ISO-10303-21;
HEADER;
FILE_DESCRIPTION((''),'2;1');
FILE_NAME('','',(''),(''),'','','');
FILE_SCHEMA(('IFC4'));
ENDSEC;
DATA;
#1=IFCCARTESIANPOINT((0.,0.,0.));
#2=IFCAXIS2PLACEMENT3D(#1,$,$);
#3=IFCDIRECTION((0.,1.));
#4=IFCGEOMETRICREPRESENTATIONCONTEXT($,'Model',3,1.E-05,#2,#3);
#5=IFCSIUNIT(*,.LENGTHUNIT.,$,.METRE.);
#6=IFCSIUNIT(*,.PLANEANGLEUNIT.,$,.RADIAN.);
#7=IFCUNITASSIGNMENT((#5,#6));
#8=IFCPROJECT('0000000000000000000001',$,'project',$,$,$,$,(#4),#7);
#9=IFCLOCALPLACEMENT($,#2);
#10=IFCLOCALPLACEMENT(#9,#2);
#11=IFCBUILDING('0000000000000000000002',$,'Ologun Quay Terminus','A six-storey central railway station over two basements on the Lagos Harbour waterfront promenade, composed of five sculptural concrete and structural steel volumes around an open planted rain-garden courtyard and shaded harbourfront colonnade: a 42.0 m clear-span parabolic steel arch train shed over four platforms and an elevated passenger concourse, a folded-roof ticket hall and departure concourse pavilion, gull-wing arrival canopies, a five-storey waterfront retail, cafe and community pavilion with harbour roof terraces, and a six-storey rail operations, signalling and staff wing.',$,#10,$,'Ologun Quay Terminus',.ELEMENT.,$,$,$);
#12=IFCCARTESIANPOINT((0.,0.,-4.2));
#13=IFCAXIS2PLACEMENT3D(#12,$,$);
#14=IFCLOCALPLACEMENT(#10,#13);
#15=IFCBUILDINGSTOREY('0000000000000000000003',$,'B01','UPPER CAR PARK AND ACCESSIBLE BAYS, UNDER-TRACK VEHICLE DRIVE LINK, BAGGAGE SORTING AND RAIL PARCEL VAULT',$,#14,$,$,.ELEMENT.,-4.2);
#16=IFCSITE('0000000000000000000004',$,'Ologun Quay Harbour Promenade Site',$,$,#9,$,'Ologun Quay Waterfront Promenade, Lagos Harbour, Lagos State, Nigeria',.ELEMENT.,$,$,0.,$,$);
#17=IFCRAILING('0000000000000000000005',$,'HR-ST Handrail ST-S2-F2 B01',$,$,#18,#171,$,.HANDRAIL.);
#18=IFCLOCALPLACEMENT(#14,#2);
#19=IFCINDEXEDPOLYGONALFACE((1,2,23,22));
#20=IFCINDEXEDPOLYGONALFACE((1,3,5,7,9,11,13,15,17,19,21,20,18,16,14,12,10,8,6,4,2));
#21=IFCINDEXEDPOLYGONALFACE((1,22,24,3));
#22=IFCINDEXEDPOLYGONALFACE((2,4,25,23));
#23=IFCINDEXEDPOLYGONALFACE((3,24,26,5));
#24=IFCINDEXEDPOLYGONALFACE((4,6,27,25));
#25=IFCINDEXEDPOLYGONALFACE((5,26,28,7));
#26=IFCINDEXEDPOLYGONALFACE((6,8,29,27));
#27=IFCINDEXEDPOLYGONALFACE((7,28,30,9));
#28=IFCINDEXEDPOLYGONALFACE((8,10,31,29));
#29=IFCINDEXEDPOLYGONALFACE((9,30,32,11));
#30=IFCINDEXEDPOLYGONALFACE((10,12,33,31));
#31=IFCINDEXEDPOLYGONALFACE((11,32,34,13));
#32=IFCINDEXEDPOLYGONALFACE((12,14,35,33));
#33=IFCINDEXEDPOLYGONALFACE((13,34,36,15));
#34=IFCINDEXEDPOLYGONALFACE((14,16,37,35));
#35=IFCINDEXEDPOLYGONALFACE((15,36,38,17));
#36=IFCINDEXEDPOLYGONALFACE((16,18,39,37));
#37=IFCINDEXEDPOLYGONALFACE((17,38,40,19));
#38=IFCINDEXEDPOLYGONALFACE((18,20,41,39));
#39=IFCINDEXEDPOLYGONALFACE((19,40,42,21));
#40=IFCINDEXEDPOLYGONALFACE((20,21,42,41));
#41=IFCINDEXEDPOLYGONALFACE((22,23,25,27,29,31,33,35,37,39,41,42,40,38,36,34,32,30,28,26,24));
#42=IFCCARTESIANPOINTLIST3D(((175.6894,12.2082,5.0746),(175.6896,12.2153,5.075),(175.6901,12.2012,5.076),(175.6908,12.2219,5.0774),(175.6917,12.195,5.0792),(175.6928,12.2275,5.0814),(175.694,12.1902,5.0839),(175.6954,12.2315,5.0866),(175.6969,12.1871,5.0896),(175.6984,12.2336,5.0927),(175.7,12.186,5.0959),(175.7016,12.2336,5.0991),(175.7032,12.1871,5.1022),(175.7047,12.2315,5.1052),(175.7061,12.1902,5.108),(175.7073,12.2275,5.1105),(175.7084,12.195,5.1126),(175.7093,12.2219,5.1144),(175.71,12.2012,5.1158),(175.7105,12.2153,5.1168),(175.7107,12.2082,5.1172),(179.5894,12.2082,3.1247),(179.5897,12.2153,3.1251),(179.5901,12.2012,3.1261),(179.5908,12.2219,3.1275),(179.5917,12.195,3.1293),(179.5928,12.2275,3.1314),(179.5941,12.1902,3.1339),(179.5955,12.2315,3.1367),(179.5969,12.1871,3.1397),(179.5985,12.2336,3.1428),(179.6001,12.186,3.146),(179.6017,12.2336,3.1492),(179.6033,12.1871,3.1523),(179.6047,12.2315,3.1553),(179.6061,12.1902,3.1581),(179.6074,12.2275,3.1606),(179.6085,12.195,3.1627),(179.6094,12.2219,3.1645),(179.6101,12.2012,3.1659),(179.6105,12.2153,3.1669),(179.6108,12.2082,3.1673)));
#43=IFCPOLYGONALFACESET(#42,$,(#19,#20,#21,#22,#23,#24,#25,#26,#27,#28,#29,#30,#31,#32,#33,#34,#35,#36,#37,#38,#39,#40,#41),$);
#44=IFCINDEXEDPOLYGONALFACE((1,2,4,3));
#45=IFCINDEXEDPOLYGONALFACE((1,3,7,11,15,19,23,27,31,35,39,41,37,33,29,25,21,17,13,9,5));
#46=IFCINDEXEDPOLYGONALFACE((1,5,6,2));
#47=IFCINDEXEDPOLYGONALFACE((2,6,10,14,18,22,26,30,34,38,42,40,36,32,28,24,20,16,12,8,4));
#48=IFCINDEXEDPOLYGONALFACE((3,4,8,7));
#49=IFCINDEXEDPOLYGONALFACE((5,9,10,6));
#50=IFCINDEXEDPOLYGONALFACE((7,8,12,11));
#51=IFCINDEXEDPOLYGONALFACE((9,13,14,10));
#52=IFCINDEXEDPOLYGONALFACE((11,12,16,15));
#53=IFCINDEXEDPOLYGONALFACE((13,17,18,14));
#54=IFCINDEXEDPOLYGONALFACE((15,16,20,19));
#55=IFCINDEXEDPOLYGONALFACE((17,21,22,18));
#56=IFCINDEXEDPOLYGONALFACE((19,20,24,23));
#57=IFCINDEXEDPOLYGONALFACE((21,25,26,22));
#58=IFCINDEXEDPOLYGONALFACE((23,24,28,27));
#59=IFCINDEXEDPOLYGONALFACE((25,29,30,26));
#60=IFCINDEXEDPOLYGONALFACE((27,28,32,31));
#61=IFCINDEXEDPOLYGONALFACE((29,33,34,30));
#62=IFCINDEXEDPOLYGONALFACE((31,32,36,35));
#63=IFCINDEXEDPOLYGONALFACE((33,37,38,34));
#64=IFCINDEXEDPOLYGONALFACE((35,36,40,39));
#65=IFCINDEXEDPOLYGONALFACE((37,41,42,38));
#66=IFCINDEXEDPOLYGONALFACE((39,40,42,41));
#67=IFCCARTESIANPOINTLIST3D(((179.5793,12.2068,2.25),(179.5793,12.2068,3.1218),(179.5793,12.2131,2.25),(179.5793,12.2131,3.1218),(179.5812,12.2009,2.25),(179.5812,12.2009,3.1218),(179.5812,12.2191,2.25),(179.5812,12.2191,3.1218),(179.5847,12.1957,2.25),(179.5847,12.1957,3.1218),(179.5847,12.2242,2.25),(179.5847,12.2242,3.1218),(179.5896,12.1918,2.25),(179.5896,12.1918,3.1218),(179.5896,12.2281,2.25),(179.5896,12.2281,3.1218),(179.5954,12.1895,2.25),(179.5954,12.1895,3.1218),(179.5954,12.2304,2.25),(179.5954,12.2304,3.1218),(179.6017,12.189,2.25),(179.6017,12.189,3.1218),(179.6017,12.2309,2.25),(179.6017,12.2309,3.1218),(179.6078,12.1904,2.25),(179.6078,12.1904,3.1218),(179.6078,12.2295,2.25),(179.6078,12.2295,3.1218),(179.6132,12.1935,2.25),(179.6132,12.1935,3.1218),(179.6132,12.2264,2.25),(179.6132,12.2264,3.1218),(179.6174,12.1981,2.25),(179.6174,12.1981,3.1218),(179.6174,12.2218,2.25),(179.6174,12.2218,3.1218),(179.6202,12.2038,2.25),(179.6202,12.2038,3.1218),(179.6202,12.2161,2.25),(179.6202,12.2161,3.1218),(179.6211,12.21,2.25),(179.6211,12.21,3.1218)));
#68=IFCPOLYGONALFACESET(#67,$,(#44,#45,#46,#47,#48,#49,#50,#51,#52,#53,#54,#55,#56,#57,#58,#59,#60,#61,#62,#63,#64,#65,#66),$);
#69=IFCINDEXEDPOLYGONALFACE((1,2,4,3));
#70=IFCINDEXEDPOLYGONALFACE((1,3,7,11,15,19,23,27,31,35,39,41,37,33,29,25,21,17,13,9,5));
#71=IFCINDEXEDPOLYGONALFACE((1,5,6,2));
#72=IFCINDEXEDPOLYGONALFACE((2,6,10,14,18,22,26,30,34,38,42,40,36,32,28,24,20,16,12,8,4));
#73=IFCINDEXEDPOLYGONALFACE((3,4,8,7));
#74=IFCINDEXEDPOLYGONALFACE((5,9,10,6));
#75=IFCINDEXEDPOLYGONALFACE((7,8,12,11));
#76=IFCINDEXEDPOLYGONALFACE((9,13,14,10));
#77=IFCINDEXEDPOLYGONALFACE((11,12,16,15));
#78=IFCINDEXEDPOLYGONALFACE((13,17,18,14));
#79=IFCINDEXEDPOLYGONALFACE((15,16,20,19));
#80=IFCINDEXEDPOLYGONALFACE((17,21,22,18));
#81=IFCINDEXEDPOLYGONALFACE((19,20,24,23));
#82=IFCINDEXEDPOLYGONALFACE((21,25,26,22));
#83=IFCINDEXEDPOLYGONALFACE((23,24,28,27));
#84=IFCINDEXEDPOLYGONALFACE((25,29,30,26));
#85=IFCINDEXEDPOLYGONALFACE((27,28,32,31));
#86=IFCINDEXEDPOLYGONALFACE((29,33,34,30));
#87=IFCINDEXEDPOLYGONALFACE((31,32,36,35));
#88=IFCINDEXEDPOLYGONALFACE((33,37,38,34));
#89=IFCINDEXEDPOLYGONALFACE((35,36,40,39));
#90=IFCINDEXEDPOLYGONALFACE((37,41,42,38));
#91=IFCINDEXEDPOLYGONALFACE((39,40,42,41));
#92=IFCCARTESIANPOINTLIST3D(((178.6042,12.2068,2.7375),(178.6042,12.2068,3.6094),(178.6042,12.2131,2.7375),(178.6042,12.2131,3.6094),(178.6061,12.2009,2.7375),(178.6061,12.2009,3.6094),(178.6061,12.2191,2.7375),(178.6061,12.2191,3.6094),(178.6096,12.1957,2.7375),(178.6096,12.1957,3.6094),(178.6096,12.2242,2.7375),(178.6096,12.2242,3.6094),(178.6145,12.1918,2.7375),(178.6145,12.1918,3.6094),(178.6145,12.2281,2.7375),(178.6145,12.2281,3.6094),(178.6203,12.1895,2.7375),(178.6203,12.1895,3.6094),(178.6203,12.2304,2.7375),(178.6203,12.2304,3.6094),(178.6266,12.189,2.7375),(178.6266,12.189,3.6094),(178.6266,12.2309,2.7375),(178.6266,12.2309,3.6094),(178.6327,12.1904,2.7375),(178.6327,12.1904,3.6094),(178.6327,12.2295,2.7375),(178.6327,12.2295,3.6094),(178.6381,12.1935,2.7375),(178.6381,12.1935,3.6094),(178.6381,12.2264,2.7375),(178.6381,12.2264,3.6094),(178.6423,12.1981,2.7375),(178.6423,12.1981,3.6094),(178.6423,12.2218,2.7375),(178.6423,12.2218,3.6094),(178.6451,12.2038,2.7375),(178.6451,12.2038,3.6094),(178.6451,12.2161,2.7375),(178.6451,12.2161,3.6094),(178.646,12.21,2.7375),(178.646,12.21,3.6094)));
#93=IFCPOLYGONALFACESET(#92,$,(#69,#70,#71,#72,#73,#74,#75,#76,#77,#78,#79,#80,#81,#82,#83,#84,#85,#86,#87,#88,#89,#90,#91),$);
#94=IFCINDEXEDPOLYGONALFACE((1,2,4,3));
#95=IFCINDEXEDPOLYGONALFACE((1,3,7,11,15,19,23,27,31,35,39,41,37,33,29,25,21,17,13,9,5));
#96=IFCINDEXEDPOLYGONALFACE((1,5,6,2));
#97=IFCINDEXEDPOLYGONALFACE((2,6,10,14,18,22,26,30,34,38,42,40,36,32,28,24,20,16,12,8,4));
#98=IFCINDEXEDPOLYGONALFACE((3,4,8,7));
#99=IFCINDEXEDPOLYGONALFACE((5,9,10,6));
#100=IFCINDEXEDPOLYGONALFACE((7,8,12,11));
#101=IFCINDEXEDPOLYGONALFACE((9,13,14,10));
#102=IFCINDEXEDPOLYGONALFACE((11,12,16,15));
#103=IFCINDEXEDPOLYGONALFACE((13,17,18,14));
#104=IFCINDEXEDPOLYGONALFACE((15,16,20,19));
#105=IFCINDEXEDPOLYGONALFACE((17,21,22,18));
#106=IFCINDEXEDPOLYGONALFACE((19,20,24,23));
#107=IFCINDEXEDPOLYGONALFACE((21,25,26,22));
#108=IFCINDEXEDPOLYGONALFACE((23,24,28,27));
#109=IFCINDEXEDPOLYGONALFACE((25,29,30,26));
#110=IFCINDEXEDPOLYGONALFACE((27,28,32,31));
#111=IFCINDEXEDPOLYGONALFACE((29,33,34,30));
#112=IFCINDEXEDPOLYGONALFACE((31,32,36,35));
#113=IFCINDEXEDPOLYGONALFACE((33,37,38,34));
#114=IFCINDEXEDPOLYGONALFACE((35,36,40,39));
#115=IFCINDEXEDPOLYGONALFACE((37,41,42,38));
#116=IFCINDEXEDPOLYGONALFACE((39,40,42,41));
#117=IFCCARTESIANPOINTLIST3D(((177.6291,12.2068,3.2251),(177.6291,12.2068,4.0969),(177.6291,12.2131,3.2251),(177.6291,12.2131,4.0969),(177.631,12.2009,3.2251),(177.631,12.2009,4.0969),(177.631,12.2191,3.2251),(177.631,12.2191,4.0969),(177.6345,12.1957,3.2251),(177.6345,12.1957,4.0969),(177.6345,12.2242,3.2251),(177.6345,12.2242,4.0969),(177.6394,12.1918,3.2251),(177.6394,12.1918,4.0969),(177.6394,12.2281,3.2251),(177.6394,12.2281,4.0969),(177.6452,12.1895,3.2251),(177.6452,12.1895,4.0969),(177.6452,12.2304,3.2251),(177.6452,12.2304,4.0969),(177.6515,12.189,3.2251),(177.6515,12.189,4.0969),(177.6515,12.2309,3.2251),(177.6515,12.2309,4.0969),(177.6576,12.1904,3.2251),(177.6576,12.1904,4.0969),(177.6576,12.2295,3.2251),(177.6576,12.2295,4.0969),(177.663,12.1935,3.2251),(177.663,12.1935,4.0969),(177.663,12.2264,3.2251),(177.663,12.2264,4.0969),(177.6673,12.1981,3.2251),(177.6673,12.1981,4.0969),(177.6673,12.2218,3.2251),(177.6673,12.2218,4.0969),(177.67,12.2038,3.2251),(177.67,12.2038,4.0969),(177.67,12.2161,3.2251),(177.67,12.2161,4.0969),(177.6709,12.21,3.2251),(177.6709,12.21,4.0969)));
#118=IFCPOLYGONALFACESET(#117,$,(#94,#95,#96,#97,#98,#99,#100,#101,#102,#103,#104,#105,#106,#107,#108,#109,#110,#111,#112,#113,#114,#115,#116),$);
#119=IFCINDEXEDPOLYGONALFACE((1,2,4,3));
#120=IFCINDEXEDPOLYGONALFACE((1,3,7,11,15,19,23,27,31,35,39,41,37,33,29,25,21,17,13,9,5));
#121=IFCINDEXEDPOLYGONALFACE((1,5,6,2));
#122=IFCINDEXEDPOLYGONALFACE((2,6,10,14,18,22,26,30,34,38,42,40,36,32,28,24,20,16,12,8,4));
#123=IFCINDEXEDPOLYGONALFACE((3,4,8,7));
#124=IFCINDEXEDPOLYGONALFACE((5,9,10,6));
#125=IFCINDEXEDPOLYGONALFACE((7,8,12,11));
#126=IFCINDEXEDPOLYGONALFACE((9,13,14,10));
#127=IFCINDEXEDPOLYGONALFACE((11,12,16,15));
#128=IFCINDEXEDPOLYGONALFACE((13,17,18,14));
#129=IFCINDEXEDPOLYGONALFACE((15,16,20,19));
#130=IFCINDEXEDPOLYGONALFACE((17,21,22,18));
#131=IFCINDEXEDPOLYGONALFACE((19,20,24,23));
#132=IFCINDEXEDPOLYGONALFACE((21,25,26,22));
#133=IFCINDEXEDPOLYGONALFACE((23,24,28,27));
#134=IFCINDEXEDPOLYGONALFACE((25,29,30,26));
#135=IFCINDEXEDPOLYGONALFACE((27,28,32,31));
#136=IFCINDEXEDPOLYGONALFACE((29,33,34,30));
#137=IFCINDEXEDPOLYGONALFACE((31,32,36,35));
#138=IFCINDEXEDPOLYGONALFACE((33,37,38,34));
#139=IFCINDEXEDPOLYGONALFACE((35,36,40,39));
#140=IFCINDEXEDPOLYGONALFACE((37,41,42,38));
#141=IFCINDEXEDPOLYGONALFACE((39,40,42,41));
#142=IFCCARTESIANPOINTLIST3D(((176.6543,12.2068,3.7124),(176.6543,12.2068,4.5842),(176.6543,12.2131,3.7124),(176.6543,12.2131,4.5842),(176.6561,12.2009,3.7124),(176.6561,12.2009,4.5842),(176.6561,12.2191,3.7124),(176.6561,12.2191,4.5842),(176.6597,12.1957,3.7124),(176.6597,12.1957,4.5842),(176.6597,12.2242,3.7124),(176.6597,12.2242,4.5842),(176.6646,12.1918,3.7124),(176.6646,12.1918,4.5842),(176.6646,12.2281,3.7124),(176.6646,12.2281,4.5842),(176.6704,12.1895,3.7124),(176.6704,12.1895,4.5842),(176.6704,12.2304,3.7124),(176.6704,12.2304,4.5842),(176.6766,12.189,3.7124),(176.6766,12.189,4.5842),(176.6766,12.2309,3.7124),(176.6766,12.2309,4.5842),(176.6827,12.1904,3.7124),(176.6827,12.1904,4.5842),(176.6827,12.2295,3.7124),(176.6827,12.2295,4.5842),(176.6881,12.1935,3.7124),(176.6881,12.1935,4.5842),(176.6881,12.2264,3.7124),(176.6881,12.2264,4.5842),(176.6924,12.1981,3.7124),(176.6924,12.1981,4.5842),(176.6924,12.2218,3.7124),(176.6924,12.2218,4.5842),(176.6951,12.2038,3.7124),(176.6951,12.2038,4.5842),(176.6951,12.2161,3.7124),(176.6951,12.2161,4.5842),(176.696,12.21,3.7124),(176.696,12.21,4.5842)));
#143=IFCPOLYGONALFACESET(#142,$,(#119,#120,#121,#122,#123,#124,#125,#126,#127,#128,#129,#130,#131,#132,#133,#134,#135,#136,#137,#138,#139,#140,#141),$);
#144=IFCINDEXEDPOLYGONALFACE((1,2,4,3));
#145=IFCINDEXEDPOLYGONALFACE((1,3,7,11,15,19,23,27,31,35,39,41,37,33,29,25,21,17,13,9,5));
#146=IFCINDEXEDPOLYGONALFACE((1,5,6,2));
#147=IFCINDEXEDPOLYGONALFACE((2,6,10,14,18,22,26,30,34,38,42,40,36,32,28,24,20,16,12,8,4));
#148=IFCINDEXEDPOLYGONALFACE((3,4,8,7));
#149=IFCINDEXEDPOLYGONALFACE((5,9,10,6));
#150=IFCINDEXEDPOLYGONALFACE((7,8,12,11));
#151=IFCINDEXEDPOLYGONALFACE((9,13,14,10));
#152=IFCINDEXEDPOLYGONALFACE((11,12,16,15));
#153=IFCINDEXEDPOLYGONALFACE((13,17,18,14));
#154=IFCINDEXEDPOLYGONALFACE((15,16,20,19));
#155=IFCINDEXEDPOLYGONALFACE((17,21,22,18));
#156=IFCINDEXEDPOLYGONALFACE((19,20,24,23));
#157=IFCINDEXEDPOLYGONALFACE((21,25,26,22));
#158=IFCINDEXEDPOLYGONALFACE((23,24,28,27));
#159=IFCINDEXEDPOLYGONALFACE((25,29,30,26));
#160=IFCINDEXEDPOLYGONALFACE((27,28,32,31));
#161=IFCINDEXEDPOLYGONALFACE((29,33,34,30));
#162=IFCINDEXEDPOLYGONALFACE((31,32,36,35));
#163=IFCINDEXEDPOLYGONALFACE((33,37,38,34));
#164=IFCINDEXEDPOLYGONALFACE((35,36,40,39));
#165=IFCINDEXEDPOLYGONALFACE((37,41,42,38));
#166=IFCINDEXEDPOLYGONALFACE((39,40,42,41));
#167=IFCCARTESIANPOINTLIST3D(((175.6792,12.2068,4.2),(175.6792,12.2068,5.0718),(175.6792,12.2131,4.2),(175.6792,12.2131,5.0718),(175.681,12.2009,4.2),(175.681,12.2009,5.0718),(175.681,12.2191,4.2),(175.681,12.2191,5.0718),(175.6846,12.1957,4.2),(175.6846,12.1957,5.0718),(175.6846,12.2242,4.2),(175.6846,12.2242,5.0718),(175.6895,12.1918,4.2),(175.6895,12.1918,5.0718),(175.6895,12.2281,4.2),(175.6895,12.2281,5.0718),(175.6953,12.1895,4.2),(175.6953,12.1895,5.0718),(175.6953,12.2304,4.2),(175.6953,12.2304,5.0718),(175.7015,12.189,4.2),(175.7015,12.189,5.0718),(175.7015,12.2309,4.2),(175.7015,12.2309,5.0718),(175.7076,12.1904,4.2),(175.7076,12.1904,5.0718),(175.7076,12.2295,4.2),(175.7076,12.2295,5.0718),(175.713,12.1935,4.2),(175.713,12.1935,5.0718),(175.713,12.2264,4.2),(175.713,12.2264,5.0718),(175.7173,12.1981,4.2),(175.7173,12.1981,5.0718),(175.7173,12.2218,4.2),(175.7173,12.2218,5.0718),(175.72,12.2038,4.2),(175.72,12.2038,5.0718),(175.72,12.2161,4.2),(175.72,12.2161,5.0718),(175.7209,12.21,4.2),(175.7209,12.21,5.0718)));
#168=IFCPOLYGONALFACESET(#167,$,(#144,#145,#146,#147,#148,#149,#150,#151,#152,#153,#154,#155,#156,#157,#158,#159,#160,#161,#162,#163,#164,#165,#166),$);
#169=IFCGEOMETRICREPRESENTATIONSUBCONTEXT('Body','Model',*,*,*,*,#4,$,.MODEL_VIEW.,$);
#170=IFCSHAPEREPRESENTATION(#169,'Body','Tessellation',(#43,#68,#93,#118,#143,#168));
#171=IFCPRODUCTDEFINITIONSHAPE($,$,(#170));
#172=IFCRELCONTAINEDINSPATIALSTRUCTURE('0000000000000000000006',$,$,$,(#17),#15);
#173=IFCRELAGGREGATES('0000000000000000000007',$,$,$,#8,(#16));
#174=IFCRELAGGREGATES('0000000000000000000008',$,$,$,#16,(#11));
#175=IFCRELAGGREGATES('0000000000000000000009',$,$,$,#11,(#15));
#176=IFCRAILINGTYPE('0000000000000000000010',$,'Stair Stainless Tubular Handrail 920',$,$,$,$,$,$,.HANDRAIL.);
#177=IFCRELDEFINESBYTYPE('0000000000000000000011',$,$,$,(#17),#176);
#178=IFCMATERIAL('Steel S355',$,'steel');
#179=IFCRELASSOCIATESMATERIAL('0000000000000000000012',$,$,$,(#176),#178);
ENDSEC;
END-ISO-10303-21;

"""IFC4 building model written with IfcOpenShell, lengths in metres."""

from ifc_helpers import new_model, si_unit, direction, frame, origin, origin_2d, place, context, subcontext, project, spatial, circle, extrude, material, type_object, element, save


model = new_model("IFC4")

# Units and contexts
model_context = context("Model", 3, precision=1e-05, world=origin(), true_north=direction((0.0, 1.0)))
body_context = subcontext(model_context, "Body", "Model", "MODEL_VIEW")
ifc_project = project(units=[si_unit("LENGTHUNIT", "METRE"), si_unit("PLANEANGLEUNIT", "RADIAN")], contexts=[model_context])

# Site, building, storey
site_placement = place(None, origin())
site = spatial("IfcSite", under=ifc_project, at=site_placement, Name="Ologun Quay Harbour Promenade Site", LongName="Ologun Quay Waterfront Promenade, Lagos Harbour, Lagos State, Nigeria", CompositionType="ELEMENT", RefElevation=0.0)
building_placement = place(site_placement, origin())
building = spatial("IfcBuilding", under=site, at=building_placement, Name="Ologun Quay Terminus", Description="A six-storey central railway station over two basements on the Lagos Harbour waterfront promenade, composed of five sculptural concrete and structural steel volumes around an open planted rain-garden courtyard and shaded harbourfront colonnade: a 42.0 m clear-span parabolic steel arch train shed over four platforms and an elevated passenger concourse, a folded-roof ticket hall and departure concourse pavilion, gull-wing arrival canopies, a five-storey waterfront retail, cafe and community pavilion with harbour roof terraces, and a six-storey rail operations, signalling and staff wing.", LongName="Ologun Quay Terminus", CompositionType="ELEMENT")
storey_placement = place(building_placement, frame((0.0, 0.0, -4.2)))
storey = spatial("IfcBuildingStorey", under=building, at=storey_placement, Name="B01", Description="UPPER CAR PARK AND ACCESSIBLE BAYS, UNDER-TRACK VEHICLE DRIVE LINK, BAGGAGE SORTING AND RAIL PARCEL VAULT", CompositionType="ELEMENT", Elevation=-4.2)

# Railing
ifc_material_1 = material(Name="Steel S355", Category="steel")
railing_type_1 = type_object("IfcRailingType", Name="Stair Stainless Tubular Handrail 920", PredefinedType="HANDRAIL", material=ifc_material_1)
railing_1_placement = place(storey_placement, frame((179.6001, 12.21, 2.25)))
element("IfcRailing", 1, at=railing_1_placement, inside=storey, type_object=railing_type_1, Name="HR-ST Handrail ST-S2-F2 B01", PredefinedType="HANDRAIL", context=body_context, shape_type="SweptSolid", body=[
    extrude(circle(Radius=0.0239, at=origin_2d()), frame((0.0, 0.0, 0.896), z_axis=(-0.894438, 0.0, 0.447191), x_axis=(0.0, -1.0, 0.0)), (0.0, 0.0, 1.0), 4.3604),
    extrude(circle(Radius=0.021, at=origin_2d()), origin(), (0.0, 0.0, 1.0), 0.8718),
    extrude(circle(Radius=0.021, at=origin_2d()), frame((-0.9751, 0.0, 0.4875)), (0.0, 0.0, 1.0), 0.8718),
    extrude(circle(Radius=0.021, at=origin_2d()), frame((-1.9502, 0.0, 0.9751)), (0.0, 0.0, 1.0), 0.8718),
    extrude(circle(Radius=0.021, at=origin_2d()), frame((-2.925, 0.0, 1.4624)), (0.0, 0.0, 1.0), 0.8718),
    extrude(circle(Radius=0.021, at=origin_2d()), frame((-3.9001, 0.0, 1.95)), (0.0, 0.0, 1.0), 0.8718),
])

save(model, "model.ifc")
